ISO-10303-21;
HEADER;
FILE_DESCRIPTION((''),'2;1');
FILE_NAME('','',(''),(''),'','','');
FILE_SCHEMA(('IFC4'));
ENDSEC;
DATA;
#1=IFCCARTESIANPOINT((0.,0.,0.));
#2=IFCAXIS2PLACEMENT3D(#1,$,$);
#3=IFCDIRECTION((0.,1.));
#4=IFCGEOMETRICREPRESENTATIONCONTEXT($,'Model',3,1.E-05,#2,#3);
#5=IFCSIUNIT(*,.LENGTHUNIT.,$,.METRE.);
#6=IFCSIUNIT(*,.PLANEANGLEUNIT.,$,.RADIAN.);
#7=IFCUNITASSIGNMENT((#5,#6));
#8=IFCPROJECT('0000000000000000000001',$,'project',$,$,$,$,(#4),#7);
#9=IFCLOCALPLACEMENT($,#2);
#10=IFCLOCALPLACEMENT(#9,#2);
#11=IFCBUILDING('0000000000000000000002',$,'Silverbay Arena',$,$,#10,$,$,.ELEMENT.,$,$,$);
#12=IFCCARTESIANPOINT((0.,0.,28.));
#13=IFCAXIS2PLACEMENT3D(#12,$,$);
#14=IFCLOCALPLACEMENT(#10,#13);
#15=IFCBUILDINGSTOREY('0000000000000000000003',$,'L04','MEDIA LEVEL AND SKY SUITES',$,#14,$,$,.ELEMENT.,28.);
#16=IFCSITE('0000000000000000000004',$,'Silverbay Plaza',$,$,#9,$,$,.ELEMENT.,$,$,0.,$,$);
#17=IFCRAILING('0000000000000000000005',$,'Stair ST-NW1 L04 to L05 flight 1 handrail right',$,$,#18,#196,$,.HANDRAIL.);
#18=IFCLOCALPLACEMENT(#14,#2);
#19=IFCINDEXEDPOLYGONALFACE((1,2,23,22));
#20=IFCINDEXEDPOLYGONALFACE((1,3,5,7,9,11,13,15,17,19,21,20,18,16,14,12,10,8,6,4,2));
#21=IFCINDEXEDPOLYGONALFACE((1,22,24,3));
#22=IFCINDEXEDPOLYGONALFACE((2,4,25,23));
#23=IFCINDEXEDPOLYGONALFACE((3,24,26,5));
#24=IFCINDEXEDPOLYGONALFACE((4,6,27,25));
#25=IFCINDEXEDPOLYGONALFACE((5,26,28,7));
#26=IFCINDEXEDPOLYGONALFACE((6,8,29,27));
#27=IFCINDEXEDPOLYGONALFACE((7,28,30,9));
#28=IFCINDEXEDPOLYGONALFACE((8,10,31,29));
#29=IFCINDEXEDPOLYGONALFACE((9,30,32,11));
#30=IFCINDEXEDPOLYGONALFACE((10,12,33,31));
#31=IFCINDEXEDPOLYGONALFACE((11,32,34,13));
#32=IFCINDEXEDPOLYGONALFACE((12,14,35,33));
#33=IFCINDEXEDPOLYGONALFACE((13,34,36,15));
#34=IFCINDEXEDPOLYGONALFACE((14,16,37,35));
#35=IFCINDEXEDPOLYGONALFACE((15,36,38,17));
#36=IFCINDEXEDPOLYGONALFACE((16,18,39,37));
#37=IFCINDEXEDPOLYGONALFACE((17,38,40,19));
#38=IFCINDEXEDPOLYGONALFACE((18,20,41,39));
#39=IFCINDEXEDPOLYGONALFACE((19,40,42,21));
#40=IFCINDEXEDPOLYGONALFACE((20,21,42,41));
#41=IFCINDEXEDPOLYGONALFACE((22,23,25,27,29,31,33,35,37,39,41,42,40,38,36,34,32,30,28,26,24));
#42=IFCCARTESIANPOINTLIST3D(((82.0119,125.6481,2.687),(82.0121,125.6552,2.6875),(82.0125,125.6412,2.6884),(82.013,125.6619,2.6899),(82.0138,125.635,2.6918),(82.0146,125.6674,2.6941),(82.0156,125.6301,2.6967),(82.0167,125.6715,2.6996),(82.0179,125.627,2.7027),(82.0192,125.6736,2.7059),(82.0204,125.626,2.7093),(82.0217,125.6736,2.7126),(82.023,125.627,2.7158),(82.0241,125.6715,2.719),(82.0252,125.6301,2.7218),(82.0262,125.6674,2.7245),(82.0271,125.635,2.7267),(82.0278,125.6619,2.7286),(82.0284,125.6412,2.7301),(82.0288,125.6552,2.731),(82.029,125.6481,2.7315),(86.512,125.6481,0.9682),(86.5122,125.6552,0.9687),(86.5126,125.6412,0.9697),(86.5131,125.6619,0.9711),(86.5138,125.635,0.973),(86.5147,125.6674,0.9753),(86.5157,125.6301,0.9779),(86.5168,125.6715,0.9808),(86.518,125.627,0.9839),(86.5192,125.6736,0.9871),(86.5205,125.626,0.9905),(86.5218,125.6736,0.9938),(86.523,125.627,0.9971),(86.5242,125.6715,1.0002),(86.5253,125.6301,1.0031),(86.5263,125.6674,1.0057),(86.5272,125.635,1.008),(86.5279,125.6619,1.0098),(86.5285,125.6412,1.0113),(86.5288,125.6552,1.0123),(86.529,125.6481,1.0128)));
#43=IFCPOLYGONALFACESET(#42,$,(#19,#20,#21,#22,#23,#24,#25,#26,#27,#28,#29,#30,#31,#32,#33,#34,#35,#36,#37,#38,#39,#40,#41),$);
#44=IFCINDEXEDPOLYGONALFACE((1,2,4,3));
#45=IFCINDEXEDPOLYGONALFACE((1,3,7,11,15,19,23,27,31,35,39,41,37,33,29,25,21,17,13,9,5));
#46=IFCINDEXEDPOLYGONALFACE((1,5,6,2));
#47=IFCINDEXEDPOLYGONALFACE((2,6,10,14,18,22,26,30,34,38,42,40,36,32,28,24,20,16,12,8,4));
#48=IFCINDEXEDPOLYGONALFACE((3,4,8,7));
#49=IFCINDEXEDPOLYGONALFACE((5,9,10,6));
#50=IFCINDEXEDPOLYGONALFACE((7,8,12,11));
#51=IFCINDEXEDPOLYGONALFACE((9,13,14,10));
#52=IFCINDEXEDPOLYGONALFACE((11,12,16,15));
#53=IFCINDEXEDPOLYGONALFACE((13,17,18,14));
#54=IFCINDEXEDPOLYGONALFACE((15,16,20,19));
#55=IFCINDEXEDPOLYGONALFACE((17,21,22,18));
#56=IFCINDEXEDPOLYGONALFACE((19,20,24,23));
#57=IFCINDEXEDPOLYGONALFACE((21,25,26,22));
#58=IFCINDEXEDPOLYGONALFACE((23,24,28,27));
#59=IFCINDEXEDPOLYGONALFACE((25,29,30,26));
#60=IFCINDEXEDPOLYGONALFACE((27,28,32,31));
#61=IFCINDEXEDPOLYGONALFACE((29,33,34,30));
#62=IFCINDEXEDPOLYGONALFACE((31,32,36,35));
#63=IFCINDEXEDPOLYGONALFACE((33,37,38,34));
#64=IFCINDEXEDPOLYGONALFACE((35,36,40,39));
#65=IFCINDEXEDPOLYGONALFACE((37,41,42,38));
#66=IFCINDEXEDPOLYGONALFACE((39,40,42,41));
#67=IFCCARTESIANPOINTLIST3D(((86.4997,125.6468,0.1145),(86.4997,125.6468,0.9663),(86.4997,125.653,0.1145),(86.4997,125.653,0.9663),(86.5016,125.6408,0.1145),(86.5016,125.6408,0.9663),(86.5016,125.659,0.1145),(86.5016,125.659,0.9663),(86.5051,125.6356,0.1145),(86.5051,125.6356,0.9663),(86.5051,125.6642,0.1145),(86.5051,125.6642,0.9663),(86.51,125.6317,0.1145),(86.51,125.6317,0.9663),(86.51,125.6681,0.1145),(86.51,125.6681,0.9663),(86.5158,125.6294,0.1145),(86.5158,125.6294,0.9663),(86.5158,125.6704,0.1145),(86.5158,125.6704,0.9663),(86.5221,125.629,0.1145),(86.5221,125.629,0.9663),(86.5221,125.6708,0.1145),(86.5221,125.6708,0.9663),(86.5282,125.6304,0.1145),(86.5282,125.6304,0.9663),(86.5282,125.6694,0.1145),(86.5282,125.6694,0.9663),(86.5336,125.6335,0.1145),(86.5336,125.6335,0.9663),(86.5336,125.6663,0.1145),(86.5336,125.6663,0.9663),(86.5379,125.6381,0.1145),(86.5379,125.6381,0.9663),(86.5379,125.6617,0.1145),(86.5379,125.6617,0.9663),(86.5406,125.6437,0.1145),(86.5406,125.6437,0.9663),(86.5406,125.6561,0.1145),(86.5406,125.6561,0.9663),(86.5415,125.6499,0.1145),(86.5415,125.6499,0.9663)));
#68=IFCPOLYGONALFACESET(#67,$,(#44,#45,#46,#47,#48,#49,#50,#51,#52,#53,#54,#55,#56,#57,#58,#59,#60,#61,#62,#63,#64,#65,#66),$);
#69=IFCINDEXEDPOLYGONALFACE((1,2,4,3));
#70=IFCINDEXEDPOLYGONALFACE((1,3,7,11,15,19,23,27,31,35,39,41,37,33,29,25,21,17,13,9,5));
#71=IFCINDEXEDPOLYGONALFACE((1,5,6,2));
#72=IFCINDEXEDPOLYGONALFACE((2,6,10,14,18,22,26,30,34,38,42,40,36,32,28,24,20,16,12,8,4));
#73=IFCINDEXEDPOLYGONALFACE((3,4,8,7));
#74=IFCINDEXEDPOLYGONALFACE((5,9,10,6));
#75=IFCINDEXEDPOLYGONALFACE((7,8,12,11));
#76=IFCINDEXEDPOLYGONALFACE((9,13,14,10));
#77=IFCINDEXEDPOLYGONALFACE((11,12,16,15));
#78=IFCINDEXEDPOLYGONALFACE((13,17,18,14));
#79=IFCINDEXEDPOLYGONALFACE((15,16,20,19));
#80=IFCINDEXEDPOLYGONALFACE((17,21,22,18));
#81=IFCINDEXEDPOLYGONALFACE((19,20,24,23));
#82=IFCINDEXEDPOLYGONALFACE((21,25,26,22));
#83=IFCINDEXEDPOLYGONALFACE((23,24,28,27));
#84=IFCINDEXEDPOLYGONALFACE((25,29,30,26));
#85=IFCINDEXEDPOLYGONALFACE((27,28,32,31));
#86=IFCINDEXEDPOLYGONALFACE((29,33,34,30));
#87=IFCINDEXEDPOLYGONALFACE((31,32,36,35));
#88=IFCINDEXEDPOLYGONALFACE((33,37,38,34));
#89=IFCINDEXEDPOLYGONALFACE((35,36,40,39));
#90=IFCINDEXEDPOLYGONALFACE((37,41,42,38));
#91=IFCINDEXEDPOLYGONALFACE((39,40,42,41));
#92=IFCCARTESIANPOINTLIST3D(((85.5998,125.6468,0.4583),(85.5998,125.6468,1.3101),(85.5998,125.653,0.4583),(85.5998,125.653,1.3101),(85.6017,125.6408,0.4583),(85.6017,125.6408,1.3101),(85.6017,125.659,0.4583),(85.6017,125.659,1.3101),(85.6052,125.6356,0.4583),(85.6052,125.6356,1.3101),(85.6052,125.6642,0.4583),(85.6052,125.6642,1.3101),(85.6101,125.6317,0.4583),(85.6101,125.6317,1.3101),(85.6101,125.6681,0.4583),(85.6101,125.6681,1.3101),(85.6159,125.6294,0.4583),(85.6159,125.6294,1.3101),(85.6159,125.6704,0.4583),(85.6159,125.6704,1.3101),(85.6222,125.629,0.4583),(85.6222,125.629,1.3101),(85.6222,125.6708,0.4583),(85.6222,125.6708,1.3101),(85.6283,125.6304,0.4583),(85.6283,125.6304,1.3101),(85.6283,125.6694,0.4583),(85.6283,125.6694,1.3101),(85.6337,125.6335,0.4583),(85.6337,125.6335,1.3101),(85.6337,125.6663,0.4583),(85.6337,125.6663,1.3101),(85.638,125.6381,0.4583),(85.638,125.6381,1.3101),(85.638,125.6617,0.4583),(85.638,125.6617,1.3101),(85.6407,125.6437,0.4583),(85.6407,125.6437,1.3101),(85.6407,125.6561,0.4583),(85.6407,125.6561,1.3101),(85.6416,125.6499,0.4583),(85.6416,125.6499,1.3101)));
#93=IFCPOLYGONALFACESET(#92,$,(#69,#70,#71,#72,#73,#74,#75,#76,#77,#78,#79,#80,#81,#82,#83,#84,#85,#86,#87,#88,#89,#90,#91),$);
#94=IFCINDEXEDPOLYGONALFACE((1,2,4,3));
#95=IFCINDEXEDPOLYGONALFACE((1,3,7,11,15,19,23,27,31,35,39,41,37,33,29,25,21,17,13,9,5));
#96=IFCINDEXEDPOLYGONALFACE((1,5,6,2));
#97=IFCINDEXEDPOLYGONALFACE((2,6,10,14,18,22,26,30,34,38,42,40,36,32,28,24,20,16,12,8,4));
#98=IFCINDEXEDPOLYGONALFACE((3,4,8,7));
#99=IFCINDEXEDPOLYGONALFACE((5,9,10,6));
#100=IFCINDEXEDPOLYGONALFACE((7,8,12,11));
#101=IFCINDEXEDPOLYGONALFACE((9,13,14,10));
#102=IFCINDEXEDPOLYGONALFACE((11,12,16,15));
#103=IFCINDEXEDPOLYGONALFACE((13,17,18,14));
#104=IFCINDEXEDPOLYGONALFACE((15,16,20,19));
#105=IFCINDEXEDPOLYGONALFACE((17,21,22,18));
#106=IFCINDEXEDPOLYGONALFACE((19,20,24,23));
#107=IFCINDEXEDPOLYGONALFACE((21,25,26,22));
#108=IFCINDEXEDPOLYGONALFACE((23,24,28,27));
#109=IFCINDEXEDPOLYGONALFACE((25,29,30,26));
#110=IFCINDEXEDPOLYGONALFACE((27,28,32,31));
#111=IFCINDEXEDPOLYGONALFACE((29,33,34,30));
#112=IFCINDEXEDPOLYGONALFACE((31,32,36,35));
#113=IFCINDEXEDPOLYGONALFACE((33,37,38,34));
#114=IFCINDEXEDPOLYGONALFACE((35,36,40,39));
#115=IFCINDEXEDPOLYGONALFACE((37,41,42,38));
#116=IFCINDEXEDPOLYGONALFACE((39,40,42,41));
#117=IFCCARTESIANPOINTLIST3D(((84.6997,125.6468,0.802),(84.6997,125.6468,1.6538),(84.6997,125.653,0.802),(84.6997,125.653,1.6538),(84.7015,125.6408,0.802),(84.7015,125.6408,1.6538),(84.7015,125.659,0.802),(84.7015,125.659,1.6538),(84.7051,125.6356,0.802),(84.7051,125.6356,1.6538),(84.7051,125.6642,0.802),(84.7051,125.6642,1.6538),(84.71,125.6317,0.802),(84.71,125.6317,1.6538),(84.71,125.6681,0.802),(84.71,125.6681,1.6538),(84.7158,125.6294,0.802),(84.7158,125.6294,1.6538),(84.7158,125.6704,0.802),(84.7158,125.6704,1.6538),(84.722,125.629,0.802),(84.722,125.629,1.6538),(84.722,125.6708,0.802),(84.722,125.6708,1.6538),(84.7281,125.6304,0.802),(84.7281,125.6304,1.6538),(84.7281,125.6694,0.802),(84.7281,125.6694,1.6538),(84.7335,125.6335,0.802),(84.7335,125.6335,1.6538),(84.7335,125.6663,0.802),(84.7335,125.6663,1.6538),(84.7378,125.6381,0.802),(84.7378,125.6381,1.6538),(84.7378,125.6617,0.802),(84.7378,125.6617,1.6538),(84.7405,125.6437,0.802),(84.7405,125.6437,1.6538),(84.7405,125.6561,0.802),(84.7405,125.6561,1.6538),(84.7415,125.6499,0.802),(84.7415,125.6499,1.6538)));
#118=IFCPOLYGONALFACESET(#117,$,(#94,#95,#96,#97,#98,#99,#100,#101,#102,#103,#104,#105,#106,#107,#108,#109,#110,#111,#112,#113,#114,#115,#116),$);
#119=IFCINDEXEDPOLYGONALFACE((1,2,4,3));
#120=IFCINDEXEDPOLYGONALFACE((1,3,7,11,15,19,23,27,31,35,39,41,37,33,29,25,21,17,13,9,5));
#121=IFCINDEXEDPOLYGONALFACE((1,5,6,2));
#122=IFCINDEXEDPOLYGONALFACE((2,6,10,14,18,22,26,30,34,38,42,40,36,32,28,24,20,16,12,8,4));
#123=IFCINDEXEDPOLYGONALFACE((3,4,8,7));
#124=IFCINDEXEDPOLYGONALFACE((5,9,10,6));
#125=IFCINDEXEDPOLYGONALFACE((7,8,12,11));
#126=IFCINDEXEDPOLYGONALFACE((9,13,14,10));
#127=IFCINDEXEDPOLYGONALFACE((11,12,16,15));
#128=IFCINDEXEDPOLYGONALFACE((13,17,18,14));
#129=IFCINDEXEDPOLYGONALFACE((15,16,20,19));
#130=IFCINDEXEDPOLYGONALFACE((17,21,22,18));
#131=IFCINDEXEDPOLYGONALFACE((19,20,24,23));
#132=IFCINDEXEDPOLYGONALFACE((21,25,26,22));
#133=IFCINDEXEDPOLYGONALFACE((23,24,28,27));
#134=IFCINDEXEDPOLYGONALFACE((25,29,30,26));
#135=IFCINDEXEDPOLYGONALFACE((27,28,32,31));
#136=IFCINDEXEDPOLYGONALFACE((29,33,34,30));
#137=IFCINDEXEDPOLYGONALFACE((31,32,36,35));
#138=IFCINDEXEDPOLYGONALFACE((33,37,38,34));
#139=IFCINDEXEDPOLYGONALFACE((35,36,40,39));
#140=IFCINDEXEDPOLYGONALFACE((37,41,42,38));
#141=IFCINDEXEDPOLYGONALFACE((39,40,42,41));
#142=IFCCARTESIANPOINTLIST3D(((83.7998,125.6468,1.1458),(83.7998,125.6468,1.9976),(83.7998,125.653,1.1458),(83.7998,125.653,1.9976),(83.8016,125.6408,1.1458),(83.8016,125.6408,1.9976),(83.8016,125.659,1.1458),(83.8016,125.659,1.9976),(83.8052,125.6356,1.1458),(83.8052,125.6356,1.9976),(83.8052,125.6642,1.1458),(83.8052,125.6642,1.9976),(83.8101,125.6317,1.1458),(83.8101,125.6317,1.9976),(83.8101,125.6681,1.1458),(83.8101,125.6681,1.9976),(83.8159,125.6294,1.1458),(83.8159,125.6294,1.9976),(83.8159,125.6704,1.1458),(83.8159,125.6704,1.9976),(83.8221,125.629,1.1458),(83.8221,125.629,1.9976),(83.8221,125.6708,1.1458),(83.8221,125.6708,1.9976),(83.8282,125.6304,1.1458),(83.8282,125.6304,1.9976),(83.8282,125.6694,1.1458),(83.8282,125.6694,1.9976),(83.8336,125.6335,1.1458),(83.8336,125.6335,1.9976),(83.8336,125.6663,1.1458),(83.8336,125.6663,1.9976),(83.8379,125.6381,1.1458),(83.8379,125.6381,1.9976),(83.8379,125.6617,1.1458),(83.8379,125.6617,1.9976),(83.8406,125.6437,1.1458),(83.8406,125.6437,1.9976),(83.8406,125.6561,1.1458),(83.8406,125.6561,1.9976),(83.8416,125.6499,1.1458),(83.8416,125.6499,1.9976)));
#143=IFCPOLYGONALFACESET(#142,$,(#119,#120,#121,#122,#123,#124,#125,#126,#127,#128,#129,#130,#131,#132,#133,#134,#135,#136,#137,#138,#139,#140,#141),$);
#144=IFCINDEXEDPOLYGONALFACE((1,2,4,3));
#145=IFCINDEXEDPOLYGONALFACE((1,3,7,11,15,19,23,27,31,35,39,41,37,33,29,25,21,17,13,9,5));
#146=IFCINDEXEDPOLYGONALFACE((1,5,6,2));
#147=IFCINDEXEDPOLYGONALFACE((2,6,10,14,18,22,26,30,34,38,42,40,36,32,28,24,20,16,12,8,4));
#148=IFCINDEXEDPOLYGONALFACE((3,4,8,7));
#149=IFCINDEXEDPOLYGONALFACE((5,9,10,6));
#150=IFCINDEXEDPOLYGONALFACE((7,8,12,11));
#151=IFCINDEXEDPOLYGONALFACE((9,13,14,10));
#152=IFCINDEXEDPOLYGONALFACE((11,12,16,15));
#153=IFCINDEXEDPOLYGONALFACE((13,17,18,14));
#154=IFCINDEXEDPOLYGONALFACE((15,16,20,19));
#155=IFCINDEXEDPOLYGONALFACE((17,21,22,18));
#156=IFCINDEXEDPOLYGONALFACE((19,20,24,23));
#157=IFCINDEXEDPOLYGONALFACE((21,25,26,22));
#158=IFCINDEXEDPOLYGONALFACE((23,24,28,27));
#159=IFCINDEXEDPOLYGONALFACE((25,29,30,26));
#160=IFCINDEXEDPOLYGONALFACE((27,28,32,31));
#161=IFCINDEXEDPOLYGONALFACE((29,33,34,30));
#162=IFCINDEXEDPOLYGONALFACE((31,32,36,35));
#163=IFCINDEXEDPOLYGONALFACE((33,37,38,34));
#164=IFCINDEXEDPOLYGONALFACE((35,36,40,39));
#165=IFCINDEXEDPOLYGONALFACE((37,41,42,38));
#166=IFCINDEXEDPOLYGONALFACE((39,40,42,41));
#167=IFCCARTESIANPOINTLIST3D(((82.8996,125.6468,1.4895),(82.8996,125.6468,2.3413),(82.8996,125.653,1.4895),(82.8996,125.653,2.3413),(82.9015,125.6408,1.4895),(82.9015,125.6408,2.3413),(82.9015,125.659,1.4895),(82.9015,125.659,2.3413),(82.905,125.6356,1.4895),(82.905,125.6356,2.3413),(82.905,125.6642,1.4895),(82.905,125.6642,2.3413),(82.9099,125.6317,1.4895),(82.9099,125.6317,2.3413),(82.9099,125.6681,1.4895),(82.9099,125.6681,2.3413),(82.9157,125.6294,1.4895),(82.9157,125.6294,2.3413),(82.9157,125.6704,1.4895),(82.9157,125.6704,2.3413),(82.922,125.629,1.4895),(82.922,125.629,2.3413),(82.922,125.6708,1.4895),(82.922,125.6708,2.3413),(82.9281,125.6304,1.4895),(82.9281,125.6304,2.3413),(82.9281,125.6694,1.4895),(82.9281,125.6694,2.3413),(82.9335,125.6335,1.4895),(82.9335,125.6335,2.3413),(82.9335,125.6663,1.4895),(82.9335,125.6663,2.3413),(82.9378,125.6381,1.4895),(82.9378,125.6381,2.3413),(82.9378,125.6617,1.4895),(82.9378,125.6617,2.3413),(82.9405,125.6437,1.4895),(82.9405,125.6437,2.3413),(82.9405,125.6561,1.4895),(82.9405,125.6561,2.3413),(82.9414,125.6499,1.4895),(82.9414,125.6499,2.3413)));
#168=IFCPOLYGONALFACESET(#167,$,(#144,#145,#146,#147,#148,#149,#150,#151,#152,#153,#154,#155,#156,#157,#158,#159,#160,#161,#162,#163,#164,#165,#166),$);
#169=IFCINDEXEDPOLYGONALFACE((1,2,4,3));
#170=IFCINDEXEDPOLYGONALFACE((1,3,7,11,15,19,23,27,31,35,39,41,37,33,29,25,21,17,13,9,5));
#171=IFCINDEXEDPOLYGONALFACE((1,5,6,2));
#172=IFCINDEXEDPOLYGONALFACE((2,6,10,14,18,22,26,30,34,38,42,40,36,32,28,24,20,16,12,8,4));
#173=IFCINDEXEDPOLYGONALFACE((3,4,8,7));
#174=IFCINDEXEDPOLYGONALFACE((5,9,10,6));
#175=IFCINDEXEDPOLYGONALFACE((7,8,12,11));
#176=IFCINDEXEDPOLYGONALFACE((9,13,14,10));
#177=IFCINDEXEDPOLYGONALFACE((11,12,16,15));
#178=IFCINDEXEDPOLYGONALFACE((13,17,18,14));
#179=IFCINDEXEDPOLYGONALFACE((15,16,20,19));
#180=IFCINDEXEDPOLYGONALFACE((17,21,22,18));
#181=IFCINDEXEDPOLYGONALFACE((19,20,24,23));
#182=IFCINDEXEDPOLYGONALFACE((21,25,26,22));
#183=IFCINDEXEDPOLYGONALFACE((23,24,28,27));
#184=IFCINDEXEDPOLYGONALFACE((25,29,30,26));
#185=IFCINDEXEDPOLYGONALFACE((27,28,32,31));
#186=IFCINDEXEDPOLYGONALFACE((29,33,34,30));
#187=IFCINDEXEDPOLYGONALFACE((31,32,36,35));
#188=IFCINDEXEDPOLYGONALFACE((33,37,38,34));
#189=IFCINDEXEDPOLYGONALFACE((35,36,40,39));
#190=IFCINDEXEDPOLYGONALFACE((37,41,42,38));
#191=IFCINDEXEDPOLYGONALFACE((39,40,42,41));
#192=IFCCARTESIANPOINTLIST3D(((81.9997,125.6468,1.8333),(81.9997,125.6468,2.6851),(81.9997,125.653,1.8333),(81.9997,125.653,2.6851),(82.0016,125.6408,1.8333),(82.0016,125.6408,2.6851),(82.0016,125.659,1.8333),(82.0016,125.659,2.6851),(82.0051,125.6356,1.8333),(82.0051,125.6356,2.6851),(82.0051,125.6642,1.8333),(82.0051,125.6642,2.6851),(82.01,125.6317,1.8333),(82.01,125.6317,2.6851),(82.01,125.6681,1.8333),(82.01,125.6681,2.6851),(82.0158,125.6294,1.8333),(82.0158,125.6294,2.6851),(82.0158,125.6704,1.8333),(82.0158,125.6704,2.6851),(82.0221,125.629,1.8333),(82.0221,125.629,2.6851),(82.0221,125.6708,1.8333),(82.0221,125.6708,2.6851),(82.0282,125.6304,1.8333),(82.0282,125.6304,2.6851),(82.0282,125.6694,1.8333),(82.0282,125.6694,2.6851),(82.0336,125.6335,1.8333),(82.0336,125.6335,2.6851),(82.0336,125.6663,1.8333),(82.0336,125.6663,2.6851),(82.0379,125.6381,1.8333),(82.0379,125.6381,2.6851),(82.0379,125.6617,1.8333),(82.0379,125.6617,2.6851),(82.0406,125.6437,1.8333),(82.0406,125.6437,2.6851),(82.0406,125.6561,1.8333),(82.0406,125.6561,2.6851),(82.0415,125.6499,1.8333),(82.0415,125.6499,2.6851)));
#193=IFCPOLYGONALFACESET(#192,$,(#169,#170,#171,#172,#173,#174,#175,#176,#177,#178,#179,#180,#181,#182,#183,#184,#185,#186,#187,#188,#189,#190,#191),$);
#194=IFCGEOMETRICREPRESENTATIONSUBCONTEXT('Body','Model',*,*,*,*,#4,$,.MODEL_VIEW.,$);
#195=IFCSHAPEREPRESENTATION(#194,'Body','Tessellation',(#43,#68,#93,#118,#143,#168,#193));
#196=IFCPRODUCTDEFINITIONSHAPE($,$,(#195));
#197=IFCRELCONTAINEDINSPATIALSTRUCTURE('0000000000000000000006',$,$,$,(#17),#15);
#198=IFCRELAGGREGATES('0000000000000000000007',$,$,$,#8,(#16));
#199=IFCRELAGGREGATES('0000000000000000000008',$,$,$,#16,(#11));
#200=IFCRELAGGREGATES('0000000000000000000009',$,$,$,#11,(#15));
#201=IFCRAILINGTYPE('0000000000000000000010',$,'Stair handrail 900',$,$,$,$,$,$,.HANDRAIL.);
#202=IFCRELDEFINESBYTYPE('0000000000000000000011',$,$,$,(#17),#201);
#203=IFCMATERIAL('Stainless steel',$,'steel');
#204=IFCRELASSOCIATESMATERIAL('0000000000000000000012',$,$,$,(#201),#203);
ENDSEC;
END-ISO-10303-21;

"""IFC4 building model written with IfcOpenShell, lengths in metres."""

from ifc_helpers import new_model, si_unit, direction, frame, origin, origin_2d, place, context, subcontext, project, spatial, circle, extrude, material, type_object, element, save


model = new_model("IFC4")

# Units and contexts
model_context = context("Model", 3, precision=1e-05, world=origin(), true_north=direction((0.0, 1.0)))
body_context = subcontext(model_context, "Body", "Model", "MODEL_VIEW")
ifc_project = project(units=[si_unit("LENGTHUNIT", "METRE"), si_unit("PLANEANGLEUNIT", "RADIAN")], contexts=[model_context])

# Site, building, storey
site_placement = place(None, origin())
site = spatial("IfcSite", under=ifc_project, at=site_placement, Name="Silverbay Plaza", CompositionType="ELEMENT", RefElevation=0.0)
building_placement = place(site_placement, origin())
building = spatial("IfcBuilding", under=site, at=building_placement, Name="Silverbay Arena", CompositionType="ELEMENT")
storey_placement = place(building_placement, frame((0.0, 0.0, 28.0)))
storey = spatial("IfcBuildingStorey", under=building, at=storey_placement, Name="L04", Description="MEDIA LEVEL AND SKY SUITES", CompositionType="ELEMENT", Elevation=28.0)

# Railing
ifc_material_1 = material(Name="Stainless steel", Category="steel")
railing_type = type_object("IfcRailingType", Name="Stair handrail 900", PredefinedType="HANDRAIL", material=ifc_material_1)
railing_1_placement = place(storey_placement, frame((86.5205, 125.6499, 0.1145)))
element("IfcRailing", 1, at=railing_1_placement, inside=storey, type_object=railing_type, Name="Stair ST-NW1 L04 to L05 flight 1 handrail right", PredefinedType="HANDRAIL", context=body_context, shape_type="SweptSolid", body=[
    extrude(circle(Radius=0.0239, at=origin_2d()), frame((0.0, 0.0, 0.876), z_axis=(-0.934179, 0.0, 0.356805), x_axis=(0.0, -1.0, 0.0)), (0.0, 0.0, 1.0), 4.8171),
    extrude(circle(Radius=0.021, at=origin_2d()), origin(), (0.0, 0.0, 1.0), 0.8518),
    extrude(circle(Radius=0.021, at=origin_2d()), frame((-0.8999, 0.0, 0.3438)), (0.0, 0.0, 1.0), 0.8518),
    extrude(circle(Radius=0.021, at=origin_2d()), frame((-1.8, 0.0, 0.6875)), (0.0, 0.0, 1.0), 0.8518),
    extrude(circle(Radius=0.021, at=origin_2d()), frame((-2.7, 0.0, 1.0312)), (0.0, 0.0, 1.0), 0.8518),
    extrude(circle(Radius=0.021, at=origin_2d()), frame((-3.6001, 0.0, 1.375)), (0.0, 0.0, 1.0), 0.8518),
    extrude(circle(Radius=0.021, at=origin_2d()), frame((-4.5, 0.0, 1.7188)), (0.0, 0.0, 1.0), 0.8518),
])

save(model, "model.ifc")
